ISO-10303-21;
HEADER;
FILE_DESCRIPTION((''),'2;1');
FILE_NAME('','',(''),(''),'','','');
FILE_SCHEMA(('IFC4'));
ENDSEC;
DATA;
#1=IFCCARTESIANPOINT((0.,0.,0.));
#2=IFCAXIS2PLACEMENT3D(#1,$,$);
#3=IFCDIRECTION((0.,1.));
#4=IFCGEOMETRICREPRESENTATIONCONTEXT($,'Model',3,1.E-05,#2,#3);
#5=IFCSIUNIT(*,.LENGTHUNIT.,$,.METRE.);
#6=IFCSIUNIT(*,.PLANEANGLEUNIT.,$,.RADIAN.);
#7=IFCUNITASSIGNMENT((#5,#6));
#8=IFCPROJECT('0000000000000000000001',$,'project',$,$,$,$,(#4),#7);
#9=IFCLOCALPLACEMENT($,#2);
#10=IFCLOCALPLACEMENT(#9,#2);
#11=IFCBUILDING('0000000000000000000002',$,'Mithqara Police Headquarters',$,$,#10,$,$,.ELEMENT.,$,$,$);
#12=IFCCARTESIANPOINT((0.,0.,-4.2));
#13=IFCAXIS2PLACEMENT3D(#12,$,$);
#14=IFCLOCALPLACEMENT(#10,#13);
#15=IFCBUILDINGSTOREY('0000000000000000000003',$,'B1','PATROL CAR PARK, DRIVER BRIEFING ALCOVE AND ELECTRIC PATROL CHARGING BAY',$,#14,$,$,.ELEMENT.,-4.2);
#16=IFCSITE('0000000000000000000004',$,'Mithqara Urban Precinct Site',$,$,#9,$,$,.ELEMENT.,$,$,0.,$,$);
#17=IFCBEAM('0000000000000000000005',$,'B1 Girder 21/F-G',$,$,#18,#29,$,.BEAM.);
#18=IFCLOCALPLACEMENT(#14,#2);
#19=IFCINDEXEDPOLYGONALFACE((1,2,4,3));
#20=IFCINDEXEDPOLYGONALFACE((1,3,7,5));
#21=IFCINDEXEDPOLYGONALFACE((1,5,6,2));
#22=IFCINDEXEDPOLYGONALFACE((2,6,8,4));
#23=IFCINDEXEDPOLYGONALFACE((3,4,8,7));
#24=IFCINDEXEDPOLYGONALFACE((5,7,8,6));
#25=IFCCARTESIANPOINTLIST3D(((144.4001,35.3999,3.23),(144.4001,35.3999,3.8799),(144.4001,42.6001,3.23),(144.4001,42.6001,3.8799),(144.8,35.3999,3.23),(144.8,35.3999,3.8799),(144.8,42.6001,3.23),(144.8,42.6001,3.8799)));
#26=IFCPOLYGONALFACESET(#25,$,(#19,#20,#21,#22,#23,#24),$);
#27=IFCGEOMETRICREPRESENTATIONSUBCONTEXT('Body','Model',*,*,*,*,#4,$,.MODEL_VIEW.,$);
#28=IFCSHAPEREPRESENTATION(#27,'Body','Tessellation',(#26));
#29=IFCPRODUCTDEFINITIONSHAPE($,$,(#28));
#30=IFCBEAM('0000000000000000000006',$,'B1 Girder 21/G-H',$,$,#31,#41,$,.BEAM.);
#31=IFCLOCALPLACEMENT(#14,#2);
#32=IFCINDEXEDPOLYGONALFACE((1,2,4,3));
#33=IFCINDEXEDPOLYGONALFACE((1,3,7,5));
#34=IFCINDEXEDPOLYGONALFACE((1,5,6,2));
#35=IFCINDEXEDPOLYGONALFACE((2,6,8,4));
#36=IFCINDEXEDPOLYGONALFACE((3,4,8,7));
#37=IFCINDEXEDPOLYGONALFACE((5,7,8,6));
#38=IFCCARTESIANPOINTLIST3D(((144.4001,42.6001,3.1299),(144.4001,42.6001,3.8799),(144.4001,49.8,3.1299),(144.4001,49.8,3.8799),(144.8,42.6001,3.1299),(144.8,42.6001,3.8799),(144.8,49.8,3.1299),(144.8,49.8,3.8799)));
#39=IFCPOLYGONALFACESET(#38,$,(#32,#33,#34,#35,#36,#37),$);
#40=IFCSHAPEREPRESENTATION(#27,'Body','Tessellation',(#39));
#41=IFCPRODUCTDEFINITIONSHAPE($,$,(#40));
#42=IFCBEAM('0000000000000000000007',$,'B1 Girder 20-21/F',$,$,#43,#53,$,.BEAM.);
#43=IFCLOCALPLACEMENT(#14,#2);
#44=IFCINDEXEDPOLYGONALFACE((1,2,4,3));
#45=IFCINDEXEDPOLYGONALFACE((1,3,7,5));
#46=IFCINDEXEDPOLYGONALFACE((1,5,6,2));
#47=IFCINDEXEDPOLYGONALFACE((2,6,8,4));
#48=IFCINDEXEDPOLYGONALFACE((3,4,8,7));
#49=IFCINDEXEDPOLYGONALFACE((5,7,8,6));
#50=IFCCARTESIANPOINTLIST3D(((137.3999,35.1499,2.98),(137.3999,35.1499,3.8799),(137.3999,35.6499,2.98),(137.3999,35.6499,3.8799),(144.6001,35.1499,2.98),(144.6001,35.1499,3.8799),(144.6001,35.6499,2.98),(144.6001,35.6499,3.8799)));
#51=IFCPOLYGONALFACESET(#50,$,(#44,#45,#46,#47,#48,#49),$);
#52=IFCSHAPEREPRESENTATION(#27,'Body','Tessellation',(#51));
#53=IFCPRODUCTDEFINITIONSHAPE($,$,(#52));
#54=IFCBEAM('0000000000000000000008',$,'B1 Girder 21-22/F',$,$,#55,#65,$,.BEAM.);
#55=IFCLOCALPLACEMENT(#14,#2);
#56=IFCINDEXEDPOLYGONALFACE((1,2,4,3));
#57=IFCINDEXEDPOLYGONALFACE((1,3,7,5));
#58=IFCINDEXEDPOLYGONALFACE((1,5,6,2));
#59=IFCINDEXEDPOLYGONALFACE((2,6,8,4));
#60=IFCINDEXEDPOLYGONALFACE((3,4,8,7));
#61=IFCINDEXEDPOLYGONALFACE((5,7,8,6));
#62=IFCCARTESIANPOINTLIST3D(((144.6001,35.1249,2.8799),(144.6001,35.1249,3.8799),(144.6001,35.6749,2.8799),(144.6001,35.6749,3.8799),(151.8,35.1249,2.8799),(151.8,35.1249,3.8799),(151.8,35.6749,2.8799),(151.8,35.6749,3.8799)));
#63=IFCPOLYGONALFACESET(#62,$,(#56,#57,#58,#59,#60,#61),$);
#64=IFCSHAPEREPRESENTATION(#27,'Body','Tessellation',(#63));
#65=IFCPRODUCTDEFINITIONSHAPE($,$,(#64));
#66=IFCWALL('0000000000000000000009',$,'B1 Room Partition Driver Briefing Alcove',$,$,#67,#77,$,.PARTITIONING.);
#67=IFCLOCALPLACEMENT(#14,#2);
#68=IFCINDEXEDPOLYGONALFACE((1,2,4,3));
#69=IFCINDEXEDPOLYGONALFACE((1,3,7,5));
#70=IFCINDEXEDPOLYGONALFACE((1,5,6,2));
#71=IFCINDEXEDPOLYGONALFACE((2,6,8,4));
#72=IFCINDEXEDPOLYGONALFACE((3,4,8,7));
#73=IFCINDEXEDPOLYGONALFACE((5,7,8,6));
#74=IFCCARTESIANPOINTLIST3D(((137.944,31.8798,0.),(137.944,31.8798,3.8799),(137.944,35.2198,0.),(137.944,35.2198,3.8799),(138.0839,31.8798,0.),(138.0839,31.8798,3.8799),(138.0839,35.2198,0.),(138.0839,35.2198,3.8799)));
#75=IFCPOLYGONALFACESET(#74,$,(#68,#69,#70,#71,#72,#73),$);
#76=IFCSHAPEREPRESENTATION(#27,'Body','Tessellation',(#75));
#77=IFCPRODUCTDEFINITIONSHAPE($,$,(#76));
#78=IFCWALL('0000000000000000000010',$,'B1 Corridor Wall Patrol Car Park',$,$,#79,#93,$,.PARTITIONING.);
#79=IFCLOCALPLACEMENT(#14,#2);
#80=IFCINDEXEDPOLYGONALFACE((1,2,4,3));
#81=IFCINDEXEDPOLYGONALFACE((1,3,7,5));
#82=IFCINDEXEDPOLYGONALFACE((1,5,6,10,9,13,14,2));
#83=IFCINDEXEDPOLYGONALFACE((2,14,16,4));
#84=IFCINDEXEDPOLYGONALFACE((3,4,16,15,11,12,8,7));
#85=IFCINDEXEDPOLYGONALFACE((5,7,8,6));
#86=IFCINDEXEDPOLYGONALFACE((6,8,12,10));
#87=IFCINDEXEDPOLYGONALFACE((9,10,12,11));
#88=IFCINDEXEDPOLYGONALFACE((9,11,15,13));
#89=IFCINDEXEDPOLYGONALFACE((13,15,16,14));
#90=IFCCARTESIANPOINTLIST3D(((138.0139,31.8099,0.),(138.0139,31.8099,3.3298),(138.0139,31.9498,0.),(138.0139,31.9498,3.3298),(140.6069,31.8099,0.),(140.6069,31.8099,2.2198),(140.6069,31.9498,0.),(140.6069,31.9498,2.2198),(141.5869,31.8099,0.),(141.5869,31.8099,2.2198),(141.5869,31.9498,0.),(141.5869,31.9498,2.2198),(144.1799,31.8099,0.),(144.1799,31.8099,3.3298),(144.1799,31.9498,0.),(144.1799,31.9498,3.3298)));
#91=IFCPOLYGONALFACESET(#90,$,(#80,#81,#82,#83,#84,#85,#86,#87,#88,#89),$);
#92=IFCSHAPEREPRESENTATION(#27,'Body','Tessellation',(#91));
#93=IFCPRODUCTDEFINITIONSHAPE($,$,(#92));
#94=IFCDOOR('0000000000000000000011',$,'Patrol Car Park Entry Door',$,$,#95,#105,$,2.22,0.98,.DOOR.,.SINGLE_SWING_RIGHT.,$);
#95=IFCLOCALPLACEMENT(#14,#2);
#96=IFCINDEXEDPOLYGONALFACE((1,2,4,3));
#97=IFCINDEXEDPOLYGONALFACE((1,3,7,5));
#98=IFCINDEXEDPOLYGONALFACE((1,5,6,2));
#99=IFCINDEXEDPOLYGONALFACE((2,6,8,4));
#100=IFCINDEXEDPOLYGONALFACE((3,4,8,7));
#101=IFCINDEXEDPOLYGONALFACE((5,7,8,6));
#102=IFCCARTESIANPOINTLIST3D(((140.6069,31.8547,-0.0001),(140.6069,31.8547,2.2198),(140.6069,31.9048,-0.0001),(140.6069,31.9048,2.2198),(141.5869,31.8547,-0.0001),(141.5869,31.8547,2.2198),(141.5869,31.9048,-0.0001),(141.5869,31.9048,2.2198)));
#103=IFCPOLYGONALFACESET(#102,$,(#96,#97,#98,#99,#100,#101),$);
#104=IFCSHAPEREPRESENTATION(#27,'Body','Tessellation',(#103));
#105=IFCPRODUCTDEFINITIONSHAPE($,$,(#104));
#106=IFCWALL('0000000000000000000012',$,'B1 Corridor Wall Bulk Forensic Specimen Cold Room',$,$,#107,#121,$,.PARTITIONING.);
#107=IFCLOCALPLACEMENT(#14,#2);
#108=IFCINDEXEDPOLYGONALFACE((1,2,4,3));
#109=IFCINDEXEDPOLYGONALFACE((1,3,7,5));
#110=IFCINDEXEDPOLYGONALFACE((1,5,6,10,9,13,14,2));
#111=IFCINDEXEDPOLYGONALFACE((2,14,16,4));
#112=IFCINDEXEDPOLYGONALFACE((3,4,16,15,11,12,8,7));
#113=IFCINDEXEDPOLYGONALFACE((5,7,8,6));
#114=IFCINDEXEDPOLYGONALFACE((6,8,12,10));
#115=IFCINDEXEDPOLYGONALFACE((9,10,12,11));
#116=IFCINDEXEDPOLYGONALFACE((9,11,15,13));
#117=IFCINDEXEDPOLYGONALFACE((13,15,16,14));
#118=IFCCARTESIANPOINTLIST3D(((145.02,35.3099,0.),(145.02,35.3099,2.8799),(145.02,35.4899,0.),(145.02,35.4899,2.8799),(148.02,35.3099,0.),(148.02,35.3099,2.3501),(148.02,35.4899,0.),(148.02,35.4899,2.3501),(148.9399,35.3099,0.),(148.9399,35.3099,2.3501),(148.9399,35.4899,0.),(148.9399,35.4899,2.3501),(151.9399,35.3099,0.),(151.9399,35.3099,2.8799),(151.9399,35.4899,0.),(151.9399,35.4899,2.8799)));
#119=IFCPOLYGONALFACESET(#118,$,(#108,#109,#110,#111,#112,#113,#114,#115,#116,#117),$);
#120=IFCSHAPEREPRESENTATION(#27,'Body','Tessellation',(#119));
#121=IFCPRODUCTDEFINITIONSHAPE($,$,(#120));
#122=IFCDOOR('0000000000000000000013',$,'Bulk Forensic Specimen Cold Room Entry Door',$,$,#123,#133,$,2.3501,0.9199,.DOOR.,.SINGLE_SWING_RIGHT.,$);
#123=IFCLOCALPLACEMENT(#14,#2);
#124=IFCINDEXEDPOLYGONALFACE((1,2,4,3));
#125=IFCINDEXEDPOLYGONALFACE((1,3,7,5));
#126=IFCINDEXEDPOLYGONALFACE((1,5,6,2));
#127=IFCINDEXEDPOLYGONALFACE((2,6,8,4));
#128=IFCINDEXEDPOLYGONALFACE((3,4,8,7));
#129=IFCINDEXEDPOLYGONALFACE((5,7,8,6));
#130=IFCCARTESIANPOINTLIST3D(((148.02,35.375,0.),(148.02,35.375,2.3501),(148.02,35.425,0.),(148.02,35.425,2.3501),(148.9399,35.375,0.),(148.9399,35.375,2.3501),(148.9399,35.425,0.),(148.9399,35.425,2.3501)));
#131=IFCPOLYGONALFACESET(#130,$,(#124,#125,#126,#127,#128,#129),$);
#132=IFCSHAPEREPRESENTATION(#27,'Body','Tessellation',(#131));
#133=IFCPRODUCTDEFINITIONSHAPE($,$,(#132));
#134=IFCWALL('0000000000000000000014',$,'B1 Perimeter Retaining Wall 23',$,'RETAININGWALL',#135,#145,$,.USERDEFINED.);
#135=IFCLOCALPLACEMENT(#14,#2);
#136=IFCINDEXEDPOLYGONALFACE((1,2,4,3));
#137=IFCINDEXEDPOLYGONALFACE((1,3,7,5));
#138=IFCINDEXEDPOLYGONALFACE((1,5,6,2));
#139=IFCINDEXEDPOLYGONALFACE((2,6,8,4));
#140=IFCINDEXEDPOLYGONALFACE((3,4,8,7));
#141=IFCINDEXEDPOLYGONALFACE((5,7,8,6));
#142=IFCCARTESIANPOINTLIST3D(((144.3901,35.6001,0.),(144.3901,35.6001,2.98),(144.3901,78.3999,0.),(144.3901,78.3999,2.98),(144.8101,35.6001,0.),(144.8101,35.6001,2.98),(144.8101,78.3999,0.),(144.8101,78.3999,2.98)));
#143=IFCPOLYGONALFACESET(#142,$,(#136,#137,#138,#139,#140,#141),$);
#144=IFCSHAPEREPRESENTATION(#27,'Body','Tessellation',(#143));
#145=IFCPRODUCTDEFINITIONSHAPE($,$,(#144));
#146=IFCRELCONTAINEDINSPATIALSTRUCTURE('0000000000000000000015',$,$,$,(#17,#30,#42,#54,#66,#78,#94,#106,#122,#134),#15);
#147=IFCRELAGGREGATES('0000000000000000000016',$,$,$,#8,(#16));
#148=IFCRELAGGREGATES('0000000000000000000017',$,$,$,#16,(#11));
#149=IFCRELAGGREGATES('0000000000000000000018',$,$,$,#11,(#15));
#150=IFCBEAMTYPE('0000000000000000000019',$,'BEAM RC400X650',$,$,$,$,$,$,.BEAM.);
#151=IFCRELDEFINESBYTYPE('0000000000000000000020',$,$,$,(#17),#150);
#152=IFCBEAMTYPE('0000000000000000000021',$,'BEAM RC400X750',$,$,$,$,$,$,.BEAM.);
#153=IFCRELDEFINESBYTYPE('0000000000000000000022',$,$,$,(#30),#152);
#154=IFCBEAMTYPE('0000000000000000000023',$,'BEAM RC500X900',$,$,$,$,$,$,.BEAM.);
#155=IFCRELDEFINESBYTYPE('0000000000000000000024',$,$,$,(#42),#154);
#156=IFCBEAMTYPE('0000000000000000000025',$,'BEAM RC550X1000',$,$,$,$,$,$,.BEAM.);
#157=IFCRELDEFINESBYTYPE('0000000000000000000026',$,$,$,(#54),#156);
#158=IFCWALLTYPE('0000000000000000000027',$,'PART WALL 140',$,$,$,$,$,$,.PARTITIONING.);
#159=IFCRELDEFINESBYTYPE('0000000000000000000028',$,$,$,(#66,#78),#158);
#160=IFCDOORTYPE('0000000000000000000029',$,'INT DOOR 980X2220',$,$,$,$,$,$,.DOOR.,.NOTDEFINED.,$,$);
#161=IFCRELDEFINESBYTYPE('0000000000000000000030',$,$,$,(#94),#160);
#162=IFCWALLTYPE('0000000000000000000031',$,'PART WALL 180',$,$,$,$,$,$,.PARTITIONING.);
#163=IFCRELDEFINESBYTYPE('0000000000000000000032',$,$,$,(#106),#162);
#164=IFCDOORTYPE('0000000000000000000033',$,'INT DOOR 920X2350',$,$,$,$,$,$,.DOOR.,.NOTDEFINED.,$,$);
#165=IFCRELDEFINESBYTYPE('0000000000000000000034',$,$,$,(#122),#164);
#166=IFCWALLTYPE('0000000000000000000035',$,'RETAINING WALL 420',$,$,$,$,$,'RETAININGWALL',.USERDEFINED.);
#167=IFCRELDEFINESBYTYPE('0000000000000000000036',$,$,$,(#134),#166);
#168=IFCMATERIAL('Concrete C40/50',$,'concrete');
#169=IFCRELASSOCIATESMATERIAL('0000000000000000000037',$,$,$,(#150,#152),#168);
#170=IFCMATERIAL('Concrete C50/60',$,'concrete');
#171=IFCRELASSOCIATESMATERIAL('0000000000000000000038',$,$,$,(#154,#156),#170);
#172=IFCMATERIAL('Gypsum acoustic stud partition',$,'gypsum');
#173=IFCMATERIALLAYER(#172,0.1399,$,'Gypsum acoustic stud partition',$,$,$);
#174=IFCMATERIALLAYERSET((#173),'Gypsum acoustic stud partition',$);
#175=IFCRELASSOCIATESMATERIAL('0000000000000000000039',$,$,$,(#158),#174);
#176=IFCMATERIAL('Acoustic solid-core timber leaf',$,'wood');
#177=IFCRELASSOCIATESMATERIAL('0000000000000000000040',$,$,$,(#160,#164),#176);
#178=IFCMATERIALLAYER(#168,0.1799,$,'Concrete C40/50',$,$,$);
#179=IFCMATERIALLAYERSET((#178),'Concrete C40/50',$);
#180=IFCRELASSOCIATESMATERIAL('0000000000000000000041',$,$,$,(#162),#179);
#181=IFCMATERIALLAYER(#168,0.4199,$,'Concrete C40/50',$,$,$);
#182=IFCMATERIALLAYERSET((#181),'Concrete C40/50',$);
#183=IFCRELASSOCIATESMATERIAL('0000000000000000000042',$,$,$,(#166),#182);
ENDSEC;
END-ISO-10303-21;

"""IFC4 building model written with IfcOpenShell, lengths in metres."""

from ifc_helpers import new_model, si_unit, direction, frame, frame_2d, origin, origin_2d, place, context, subcontext, project, spatial, rectangle, extrude, material, layer, layer_set, material_profile, profile_set, type_object, element, fill, save


model = new_model("IFC4")

# Units and contexts
model_context = context("Model", 3, precision=1e-05, world=origin(), true_north=direction((0.0, 1.0)))
body_context = subcontext(model_context, "Body", "Model", "MODEL_VIEW")
ifc_project = project(units=[si_unit("LENGTHUNIT", "METRE"), si_unit("PLANEANGLEUNIT", "RADIAN")], contexts=[model_context])

# Site, building, storey
site_placement = place(None, origin())
site = spatial("IfcSite", under=ifc_project, at=site_placement, Name="Mithqara Urban Precinct Site", CompositionType="ELEMENT", RefElevation=0.0)
building_placement = place(site_placement, origin())
building = spatial("IfcBuilding", under=site, at=building_placement, Name="Mithqara Police Headquarters", CompositionType="ELEMENT")
storey_placement = place(building_placement, frame((0.0, 0.0, -4.2)))
storey = spatial("IfcBuildingStorey", under=building, at=storey_placement, Name="B1", Description="PATROL CAR PARK, DRIVER BRIEFING ALCOVE AND ELECTRIC PATROL CHARGING BAY", CompositionType="ELEMENT", Elevation=-4.2)

# Shared definitions
ifc_material_1 = material(Name="Concrete C40/50", Category="concrete")

# Shared definitions
ifc_material_2 = material(Name="Concrete C50/60", Category="concrete")

# Beams
ifc_material_profile_1 = material_profile(ifc_material_1, rectangle(XDim=0.3999, YDim=0.6499, at=origin_2d()), Name="RC 400x650")
ifc_profile_set_1 = profile_set([ifc_material_profile_1], Name="Concrete C40/50")
beam_type_1 = type_object("IfcBeamType", Name="BEAM RC400X650", PredefinedType="BEAM", material=ifc_profile_set_1)
beam_1_placement = place(storey_placement, frame((144.6001, 35.3999, 3.5549), z_axis=(0.0, 1.0, 0.0), x_axis=(-1.0, 0.0, 0.0)))
element("IfcBeam", 1, at=beam_1_placement, inside=storey, type_object=beam_type_1, Name="B1 Girder 21/F-G", PredefinedType="BEAM", context=body_context, shape_type="SweptSolid", body=[
    extrude(rectangle(XDim=0.3999, YDim=0.6499, at=origin_2d()), origin(), (0.0, 0.0, 1.0), 7.2002),
])
ifc_material_profile_2 = material_profile(ifc_material_1, rectangle(XDim=0.3999, YDim=0.75, at=origin_2d()), Name="RC 400x750")
ifc_profile_set_2 = profile_set([ifc_material_profile_2], Name="Concrete C40/50")
beam_type_2 = type_object("IfcBeamType", Name="BEAM RC400X750", PredefinedType="BEAM", material=ifc_profile_set_2)
beam_2_placement = place(storey_placement, frame((144.6001, 42.6001, 3.5049), z_axis=(0.0, 1.0, 0.0), x_axis=(-1.0, 0.0, 0.0)))
element("IfcBeam", 2, at=beam_2_placement, inside=storey, type_object=beam_type_2, Name="B1 Girder 21/G-H", PredefinedType="BEAM", context=body_context, shape_type="SweptSolid", body=[
    extrude(rectangle(XDim=0.3999, YDim=0.75, at=origin_2d()), origin(), (0.0, 0.0, 1.0), 7.2),
])
ifc_material_profile_3 = material_profile(ifc_material_2, rectangle(XDim=0.5, YDim=0.8999, at=origin_2d()), Name="RC 500x900")
ifc_profile_set_3 = profile_set([ifc_material_profile_3], Name="Concrete C50/60")
beam_type_3 = type_object("IfcBeamType", Name="BEAM RC500X900", PredefinedType="BEAM", material=ifc_profile_set_3)
beam_3_placement = place(storey_placement, frame((137.3999, 35.3999, 3.4299), z_axis=(1.0, 0.0, 0.0), x_axis=(0.0, 1.0, 0.0)))
element("IfcBeam", 3, at=beam_3_placement, inside=storey, type_object=beam_type_3, Name="B1 Girder 20-21/F", PredefinedType="BEAM", context=body_context, shape_type="SweptSolid", body=[
    extrude(rectangle(XDim=0.5, YDim=0.8999, at=origin_2d()), origin(), (0.0, 0.0, 1.0), 7.2002),
])
ifc_material_profile_4 = material_profile(ifc_material_2, rectangle(XDim=0.55, YDim=1.0, at=origin_2d()), Name="RC 550x1000")
ifc_profile_set_4 = profile_set([ifc_material_profile_4], Name="Concrete C50/60")
beam_type_4 = type_object("IfcBeamType", Name="BEAM RC550X1000", PredefinedType="BEAM", material=ifc_profile_set_4)
beam_4_placement = place(storey_placement, frame((144.6001, 35.3999, 3.3799), z_axis=(1.0, 0.0, 0.0), x_axis=(0.0, 1.0, 0.0)))
element("IfcBeam", 4, at=beam_4_placement, inside=storey, type_object=beam_type_4, Name="B1 Girder 21-22/F", PredefinedType="BEAM", context=body_context, shape_type="SweptSolid", body=[
    extrude(rectangle(XDim=0.55, YDim=1.0, at=origin_2d()), origin(), (0.0, 0.0, 1.0), 7.2),
])

# Wall
ifc_material_3 = material(Name="Gypsum acoustic stud partition", Category="gypsum")
ifc_layer_1 = layer(ifc_material_3, 0.1399, Name="Gypsum acoustic stud partition")
ifc_layer_set_1 = layer_set([ifc_layer_1], Name="Gypsum acoustic stud partition")
wall_type_1 = type_object("IfcWallType", Name="PART WALL 140", PredefinedType="PARTITIONING", material=ifc_layer_set_1)
wall_1_placement = place(storey_placement, frame((138.0139, 31.8799, 0.0), z_axis=(0.0, 0.0, 1.0), x_axis=(0.0, 1.0, 0.0)))
element("IfcWall", 5, at=wall_1_placement, inside=storey, type_object=wall_type_1, Name="B1 Room Partition Driver Briefing Alcove", PredefinedType="PARTITIONING", context=body_context, shape_type="SweptSolid", body=[
    extrude(rectangle(XDim=3.3401, YDim=0.1399, at=frame_2d((1.6699, 0.0))), origin(), (0.0, 0.0, 1.0), 3.8799),
])

# Walls, openings, doors
wall_2_placement = place(storey_placement, frame((138.0139, 31.8799, 0.0), z_axis=(0.0, 0.0, 1.0), x_axis=(1.0, 0.0, 0.0)))
wall_2 = element("IfcWall", 6, at=wall_2_placement, inside=storey, type_object=wall_type_1, Name="B1 Corridor Wall Patrol Car Park", PredefinedType="PARTITIONING", context=body_context, shape_type="SweptSolid", body=[
    extrude(rectangle(XDim=6.166, YDim=0.1399, at=frame_2d((3.083, 0.0))), origin(), (0.0, 0.0, 1.0), 3.3298),
])
opening_1_placement = place(wall_2_placement, frame((2.593, 0.0, 0.0)))
opening_1 = element("IfcOpeningElement", 7, at=opening_1_placement, cuts=wall_2, PredefinedType="OPENING", context=body_context, shape_type="SweptSolid", body=[
    extrude(rectangle(XDim=0.98, YDim=2.22, at=frame_2d((0.49, 1.1099))), frame((0.0, 0.0801, 0.0), z_axis=(0.0, -1.0, 0.0), x_axis=(1.0, 0.0, 0.0)), (0.0, 0.0, 1.0), 0.1599),
])
ifc_material_4 = material(Name="Acoustic solid-core timber leaf", Category="wood")
door_type_1 = type_object("IfcDoorType", Name="INT DOOR 980X2220", OperationType="NOTDEFINED", PredefinedType="DOOR", material=ifc_material_4)
door_1_placement = place(opening_1_placement, origin())
door_1 = element("IfcDoor", 8, at=door_1_placement, inside=storey, type_object=door_type_1, Name="Patrol Car Park Entry Door", OperationType="SINGLE_SWING_RIGHT", OverallHeight=2.22, OverallWidth=0.98, PredefinedType="DOOR", context=body_context, shape_type="SweptSolid", body=[
    extrude(rectangle(XDim=0.98, YDim=2.22, at=frame_2d((0.49, 1.1099))), frame((0.0, 0.0249, 0.0), z_axis=(0.0, -1.0, 0.0), x_axis=(1.0, 0.0, 0.0)), (0.0, 0.0, 1.0), 0.05),
])
fill(opening_1, door_1)
ifc_layer_2 = layer(ifc_material_1, 0.1799, Name="Concrete C40/50")
ifc_layer_set_2 = layer_set([ifc_layer_2], Name="Concrete C40/50")
wall_type_2 = type_object("IfcWallType", Name="PART WALL 180", PredefinedType="PARTITIONING", material=ifc_layer_set_2)
wall_3_placement = place(storey_placement, frame((145.02, 35.3999, 0.0), z_axis=(0.0, 0.0, 1.0), x_axis=(1.0, 0.0, 0.0)))
wall_3 = element("IfcWall", 9, at=wall_3_placement, inside=storey, type_object=wall_type_2, Name="B1 Corridor Wall Bulk Forensic Specimen Cold Room", PredefinedType="PARTITIONING", context=body_context, shape_type="SweptSolid", body=[
    extrude(rectangle(XDim=6.9199, YDim=0.1799, at=frame_2d((3.46, 0.0))), origin(), (0.0, 0.0, 1.0), 2.8799),
])
opening_2_placement = place(wall_3_placement, frame((3.0, 0.0, 0.0)))
opening_2 = element("IfcOpeningElement", 10, at=opening_2_placement, cuts=wall_3, PredefinedType="OPENING", context=body_context, shape_type="SweptSolid", body=[
    extrude(rectangle(XDim=0.9199, YDim=2.3501, at=frame_2d((0.46, 1.175))), frame((0.0, 0.1001, 0.0), z_axis=(0.0, -1.0, 0.0), x_axis=(1.0, 0.0, 0.0)), (0.0, 0.0, 1.0), 0.2),
])
door_type_2 = type_object("IfcDoorType", Name="INT DOOR 920X2350", OperationType="NOTDEFINED", PredefinedType="DOOR", material=ifc_material_4)
door_2_placement = place(opening_2_placement, frame((0.9199, 0.0, 0.0), z_axis=(0.0, 0.0, 1.0), x_axis=(-1.0, 0.0, 0.0)))
door_2 = element("IfcDoor", 11, at=door_2_placement, inside=storey, type_object=door_type_2, Name="Bulk Forensic Specimen Cold Room Entry Door", OperationType="SINGLE_SWING_RIGHT", OverallHeight=2.3501, OverallWidth=0.9199, PredefinedType="DOOR", context=body_context, shape_type="SweptSolid", body=[
    extrude(rectangle(XDim=0.9199, YDim=2.3501, at=frame_2d((0.46, 1.175))), frame((0.0, 0.0249, 0.0), z_axis=(0.0, -1.0, 0.0), x_axis=(1.0, 0.0, 0.0)), (0.0, 0.0, 1.0), 0.05),
])
fill(opening_2, door_2)

# Wall
ifc_layer_3 = layer(ifc_material_1, 0.4199, Name="Concrete C40/50")
ifc_layer_set_3 = layer_set([ifc_layer_3], Name="Concrete C40/50")
wall_type_3 = type_object("IfcWallType", Name="RETAINING WALL 420", ElementType="RETAININGWALL", PredefinedType="USERDEFINED", material=ifc_layer_set_3)
wall_4_placement = place(storey_placement, frame((144.6001, 35.6001, 0.0), z_axis=(0.0, 0.0, 1.0), x_axis=(0.0, 1.0, 0.0)))
element("IfcWall", 12, at=wall_4_placement, inside=storey, type_object=wall_type_3, Name="B1 Perimeter Retaining Wall 23", ObjectType="RETAININGWALL", PredefinedType="USERDEFINED", context=body_context, shape_type="SweptSolid", body=[
    extrude(rectangle(XDim=42.7998, YDim=0.4199, at=frame_2d((21.3999, 0.0))), origin(), (0.0, 0.0, 1.0), 2.98),
])

save(model, "model.ifc")
